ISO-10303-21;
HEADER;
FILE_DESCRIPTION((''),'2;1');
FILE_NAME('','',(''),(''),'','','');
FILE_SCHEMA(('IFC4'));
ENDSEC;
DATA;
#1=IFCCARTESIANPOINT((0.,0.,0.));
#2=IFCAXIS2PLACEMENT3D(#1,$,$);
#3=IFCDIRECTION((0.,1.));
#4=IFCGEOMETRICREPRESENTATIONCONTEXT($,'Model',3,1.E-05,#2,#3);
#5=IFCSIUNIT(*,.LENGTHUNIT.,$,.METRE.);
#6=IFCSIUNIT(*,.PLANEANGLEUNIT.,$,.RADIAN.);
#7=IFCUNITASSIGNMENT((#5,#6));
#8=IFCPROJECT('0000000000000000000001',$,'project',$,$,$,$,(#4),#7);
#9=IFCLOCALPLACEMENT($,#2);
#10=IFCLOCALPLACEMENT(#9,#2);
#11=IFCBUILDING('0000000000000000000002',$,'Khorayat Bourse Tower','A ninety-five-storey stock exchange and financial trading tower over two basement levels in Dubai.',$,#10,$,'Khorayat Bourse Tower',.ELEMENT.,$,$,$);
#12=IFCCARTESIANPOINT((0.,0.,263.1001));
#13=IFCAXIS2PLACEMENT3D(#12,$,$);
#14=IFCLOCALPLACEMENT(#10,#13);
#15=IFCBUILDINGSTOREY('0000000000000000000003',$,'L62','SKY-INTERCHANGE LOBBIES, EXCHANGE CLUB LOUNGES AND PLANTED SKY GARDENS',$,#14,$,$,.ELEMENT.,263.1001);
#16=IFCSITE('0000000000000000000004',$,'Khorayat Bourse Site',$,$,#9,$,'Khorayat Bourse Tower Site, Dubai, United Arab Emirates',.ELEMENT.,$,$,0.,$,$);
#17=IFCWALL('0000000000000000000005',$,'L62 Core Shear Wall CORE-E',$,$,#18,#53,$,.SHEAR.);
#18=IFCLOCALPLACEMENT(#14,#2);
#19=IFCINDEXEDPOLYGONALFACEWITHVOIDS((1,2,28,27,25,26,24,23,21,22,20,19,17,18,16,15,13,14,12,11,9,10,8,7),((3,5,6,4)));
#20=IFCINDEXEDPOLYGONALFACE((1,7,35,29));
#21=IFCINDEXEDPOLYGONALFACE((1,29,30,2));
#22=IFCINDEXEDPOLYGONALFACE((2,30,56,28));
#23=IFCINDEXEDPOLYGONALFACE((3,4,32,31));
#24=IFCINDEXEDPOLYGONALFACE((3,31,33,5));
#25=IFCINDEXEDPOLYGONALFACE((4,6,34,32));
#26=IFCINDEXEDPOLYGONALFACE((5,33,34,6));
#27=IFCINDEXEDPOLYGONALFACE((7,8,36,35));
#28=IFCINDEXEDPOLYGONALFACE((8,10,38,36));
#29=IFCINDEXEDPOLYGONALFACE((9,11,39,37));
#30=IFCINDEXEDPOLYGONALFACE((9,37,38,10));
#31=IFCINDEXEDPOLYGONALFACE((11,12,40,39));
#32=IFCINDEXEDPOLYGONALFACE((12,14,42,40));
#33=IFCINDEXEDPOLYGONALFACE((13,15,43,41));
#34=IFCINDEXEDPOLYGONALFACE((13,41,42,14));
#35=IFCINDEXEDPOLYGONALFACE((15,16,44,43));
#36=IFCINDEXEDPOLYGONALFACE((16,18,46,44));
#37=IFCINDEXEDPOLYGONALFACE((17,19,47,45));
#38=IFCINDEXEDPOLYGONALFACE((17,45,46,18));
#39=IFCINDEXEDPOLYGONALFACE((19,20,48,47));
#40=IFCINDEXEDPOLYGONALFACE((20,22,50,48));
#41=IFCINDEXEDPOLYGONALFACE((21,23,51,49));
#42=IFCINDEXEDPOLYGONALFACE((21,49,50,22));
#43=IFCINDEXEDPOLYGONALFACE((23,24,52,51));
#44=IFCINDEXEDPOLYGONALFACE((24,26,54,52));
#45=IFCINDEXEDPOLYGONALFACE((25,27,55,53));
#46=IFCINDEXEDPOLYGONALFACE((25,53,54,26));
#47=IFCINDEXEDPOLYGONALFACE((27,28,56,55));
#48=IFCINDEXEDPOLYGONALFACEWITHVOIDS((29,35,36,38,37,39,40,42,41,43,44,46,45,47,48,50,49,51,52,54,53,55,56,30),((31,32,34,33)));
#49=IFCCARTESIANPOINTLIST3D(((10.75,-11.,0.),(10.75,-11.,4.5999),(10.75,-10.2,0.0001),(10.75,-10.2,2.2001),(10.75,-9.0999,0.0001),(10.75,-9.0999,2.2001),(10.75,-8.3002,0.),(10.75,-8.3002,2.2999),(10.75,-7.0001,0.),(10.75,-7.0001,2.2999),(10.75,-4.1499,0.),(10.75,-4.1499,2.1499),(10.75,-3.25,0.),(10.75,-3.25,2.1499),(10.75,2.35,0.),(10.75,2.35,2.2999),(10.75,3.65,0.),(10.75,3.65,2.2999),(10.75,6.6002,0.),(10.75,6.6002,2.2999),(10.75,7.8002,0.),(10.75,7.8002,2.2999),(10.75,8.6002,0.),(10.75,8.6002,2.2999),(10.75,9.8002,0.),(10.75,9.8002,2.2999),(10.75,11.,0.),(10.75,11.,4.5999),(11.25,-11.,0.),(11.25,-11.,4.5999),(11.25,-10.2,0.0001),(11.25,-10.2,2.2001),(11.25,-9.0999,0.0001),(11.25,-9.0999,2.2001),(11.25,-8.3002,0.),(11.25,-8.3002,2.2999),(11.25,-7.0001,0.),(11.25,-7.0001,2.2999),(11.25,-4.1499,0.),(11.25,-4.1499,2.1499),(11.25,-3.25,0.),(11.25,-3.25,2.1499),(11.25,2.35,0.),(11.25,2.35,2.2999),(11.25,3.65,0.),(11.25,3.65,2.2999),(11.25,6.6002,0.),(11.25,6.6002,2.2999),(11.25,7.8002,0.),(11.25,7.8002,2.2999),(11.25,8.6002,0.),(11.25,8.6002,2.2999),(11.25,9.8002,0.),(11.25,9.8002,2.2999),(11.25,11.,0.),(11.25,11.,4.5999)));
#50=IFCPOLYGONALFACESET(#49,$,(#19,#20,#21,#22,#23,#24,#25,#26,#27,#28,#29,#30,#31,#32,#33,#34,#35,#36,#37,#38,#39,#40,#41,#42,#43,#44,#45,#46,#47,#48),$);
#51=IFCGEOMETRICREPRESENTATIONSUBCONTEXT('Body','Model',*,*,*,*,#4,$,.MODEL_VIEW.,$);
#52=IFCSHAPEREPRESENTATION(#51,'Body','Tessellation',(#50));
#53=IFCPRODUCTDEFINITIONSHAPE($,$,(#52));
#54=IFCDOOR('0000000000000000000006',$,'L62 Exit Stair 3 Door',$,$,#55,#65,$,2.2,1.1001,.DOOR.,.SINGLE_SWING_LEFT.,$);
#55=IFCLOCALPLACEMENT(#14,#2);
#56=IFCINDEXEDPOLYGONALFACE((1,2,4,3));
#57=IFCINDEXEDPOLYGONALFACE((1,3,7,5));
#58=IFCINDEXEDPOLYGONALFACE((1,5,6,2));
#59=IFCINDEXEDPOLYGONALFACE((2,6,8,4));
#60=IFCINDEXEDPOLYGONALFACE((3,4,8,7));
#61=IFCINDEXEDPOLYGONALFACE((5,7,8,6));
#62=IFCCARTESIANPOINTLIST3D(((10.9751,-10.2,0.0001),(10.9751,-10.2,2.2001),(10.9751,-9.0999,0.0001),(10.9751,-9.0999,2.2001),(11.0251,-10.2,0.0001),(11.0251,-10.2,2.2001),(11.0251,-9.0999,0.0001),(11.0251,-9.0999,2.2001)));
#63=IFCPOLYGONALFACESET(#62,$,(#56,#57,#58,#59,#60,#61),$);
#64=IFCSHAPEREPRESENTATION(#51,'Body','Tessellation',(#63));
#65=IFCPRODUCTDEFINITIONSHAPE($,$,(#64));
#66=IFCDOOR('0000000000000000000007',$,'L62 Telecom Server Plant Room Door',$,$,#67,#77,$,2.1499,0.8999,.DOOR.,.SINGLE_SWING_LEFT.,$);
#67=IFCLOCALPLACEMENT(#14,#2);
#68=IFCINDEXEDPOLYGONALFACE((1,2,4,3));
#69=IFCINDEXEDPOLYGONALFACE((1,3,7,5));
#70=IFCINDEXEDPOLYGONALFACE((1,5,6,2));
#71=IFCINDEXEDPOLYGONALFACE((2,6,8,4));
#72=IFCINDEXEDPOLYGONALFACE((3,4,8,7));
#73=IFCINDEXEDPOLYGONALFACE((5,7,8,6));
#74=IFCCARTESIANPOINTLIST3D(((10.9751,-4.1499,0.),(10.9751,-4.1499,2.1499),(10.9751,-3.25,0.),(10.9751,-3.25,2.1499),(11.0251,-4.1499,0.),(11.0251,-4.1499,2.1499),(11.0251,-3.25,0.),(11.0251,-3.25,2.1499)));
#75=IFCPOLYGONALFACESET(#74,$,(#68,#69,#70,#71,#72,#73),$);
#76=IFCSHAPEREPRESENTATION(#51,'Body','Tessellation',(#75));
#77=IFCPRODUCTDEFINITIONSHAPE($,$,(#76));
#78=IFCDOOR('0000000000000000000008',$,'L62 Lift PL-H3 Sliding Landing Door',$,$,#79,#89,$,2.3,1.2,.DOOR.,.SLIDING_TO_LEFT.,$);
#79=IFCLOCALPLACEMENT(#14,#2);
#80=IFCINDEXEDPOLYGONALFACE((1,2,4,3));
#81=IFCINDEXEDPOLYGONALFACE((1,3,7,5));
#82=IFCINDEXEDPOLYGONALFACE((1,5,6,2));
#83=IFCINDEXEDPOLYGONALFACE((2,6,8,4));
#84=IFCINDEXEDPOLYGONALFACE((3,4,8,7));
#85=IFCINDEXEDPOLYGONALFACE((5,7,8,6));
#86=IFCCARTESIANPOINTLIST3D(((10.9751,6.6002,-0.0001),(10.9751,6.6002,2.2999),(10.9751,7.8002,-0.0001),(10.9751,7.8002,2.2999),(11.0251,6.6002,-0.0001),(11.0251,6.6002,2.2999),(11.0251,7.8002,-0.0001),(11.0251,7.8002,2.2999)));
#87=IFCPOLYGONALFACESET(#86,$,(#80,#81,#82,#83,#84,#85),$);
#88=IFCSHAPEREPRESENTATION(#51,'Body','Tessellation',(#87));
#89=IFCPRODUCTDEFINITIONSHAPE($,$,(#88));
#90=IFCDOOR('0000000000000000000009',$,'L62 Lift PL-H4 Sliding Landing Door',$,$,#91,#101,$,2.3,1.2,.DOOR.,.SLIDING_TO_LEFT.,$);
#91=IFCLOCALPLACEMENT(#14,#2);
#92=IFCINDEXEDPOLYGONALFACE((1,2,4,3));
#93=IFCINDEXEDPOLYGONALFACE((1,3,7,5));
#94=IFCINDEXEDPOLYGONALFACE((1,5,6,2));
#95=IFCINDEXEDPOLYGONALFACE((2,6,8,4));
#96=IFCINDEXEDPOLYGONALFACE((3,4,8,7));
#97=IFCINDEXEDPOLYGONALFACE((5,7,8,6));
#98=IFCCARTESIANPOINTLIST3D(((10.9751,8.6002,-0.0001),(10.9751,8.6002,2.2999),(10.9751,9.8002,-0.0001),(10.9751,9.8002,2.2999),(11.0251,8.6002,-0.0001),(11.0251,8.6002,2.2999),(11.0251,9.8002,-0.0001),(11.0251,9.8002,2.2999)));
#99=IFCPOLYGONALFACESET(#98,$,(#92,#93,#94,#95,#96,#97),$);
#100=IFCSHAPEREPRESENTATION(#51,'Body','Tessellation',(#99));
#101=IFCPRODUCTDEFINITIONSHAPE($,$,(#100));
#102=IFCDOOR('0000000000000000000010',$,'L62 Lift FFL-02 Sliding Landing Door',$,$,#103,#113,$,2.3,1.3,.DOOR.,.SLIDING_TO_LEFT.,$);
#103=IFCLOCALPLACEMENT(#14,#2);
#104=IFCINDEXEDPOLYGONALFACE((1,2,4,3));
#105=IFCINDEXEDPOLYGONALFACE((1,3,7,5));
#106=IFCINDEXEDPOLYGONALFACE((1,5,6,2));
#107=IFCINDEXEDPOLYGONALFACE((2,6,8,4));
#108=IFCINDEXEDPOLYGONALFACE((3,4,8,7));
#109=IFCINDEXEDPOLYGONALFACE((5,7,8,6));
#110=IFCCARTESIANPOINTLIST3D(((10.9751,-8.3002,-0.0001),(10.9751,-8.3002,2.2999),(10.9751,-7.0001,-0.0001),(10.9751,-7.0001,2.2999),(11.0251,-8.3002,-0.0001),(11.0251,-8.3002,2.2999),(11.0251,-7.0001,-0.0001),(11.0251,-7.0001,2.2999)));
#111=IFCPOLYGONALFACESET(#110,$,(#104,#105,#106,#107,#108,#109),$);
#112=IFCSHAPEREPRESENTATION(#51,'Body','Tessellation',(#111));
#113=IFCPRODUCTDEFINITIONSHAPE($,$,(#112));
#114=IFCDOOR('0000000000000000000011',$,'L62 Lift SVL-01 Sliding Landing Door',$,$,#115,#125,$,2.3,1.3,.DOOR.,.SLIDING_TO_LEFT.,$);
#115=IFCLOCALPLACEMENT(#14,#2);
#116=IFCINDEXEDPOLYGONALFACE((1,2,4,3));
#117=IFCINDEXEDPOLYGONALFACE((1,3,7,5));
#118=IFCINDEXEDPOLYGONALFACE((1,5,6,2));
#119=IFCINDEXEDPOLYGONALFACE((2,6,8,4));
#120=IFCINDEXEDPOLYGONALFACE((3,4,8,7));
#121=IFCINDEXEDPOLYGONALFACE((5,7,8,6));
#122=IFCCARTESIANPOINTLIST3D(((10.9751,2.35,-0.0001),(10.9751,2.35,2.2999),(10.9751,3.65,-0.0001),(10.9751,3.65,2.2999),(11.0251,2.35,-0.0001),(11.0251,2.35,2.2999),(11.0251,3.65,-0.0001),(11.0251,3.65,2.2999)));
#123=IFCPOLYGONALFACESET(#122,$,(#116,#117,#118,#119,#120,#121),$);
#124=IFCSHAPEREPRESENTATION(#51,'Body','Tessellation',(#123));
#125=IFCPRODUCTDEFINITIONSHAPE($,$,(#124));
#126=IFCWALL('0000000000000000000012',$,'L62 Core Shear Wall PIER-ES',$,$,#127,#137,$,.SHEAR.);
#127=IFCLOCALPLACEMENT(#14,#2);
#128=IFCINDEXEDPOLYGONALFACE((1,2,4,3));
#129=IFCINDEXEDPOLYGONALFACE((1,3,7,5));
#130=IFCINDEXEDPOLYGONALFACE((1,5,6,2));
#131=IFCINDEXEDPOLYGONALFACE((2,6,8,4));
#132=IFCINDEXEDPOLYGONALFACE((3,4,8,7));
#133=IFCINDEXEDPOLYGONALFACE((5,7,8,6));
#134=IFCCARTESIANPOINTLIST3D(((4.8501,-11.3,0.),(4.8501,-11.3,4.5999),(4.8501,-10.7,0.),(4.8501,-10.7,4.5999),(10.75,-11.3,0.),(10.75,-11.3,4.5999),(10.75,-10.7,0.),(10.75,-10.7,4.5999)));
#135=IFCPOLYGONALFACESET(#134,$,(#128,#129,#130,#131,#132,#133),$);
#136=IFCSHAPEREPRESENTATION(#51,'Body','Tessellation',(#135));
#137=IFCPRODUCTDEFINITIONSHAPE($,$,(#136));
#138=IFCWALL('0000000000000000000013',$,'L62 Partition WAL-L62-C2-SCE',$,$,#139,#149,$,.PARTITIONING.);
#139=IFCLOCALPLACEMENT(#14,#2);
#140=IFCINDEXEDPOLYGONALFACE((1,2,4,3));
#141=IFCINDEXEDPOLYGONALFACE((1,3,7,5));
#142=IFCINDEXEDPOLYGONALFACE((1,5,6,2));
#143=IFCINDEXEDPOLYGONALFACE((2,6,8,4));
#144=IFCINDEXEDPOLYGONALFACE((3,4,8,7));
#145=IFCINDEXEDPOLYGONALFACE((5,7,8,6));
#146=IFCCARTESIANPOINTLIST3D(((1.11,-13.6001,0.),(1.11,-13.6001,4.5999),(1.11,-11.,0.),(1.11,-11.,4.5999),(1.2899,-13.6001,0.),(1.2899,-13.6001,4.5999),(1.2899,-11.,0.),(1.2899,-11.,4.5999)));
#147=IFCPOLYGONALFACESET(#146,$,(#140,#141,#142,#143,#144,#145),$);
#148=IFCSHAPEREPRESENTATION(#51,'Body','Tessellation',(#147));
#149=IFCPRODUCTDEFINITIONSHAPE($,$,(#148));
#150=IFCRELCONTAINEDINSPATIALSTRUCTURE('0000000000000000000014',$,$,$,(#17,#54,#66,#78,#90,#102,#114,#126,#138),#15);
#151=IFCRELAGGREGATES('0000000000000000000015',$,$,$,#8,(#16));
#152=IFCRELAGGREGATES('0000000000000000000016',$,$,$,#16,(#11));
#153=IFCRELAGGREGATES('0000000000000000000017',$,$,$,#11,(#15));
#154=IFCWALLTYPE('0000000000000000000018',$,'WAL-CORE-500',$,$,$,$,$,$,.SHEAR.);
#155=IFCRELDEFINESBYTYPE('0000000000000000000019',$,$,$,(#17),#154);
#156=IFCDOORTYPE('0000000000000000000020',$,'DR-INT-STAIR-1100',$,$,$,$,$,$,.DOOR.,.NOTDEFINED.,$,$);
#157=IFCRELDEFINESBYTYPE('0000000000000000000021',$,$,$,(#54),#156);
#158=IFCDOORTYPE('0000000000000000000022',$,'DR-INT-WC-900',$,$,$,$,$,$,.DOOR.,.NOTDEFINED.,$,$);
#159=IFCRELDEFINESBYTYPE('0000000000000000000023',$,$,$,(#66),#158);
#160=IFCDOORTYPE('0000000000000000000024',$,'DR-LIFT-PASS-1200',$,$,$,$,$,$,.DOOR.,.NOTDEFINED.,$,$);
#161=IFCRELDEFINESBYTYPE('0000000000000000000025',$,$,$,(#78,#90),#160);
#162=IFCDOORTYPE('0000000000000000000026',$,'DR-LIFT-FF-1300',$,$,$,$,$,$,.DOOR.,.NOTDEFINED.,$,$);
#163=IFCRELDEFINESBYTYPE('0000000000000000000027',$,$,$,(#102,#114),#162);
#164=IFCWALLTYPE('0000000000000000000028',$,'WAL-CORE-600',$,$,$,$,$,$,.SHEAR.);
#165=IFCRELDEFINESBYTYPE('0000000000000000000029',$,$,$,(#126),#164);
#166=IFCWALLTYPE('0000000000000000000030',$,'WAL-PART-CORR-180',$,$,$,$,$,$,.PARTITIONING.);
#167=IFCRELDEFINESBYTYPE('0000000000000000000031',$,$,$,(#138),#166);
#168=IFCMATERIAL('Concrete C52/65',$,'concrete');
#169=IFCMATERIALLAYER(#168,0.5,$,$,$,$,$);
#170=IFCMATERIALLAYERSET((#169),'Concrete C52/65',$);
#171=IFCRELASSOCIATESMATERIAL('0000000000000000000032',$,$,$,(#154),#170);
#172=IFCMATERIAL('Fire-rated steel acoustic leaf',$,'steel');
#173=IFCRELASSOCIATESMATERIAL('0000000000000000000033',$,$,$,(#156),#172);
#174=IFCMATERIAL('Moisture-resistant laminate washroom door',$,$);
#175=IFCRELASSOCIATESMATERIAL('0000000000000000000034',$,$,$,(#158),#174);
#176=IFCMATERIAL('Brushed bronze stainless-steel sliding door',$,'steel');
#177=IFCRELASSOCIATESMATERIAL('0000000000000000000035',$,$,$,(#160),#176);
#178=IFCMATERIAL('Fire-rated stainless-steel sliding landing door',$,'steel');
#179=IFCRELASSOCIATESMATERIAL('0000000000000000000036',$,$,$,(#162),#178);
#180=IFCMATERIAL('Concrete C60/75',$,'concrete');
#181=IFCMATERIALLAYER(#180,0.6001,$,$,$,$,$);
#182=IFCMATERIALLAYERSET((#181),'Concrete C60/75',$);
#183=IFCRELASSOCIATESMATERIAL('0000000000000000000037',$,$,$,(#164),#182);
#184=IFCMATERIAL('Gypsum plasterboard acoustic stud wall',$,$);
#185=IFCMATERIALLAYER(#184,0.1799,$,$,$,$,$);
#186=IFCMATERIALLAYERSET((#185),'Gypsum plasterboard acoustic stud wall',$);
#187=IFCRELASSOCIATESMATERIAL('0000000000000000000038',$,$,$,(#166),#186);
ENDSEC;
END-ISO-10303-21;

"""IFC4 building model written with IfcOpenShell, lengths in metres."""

from ifc_helpers import new_model, si_unit, direction, frame, frame_2d, origin, place, context, subcontext, project, spatial, rectangle, extrude, source, transform, mapped, material, layer, layer_set, type_object, element, fill, save


model = new_model("IFC4")

# Units and contexts
model_context = context("Model", 3, precision=1e-05, world=origin(), true_north=direction((0.0, 1.0)))
body_context = subcontext(model_context, "Body", "Model", "MODEL_VIEW")
ifc_project = project(units=[si_unit("LENGTHUNIT", "METRE"), si_unit("PLANEANGLEUNIT", "RADIAN")], contexts=[model_context])

# Site, building, storey
site_placement = place(None, origin())
site = spatial("IfcSite", under=ifc_project, at=site_placement, Name="Khorayat Bourse Site", LongName="Khorayat Bourse Tower Site, Dubai, United Arab Emirates", CompositionType="ELEMENT", RefElevation=0.0)
building_placement = place(site_placement, origin())
building = spatial("IfcBuilding", under=site, at=building_placement, Name="Khorayat Bourse Tower", Description="A ninety-five-storey stock exchange and financial trading tower over two basement levels in Dubai.", LongName="Khorayat Bourse Tower", CompositionType="ELEMENT")
storey_placement = place(building_placement, frame((0.0, 0.0, 263.1001)))
storey = spatial("IfcBuildingStorey", under=building, at=storey_placement, Name="L62", Description="SKY-INTERCHANGE LOBBIES, EXCHANGE CLUB LOUNGES AND PLANTED SKY GARDENS", CompositionType="ELEMENT", Elevation=263.1001)

# Shared definitions
ifc_material_1 = material(Name="Concrete C60/75", Category="concrete")

# Wall, openings, doors
ifc_material_2 = material(Name="Concrete C52/65", Category="concrete")
ifc_layer_1 = layer(ifc_material_2, 0.5)
ifc_layer_set_1 = layer_set([ifc_layer_1], Name="Concrete C52/65")
wall_type_1 = type_object("IfcWallType", Name="WAL-CORE-500", PredefinedType="SHEAR", material=ifc_layer_set_1)
shared_shape_1 = source(origin(), body_context, "Body", "SweptSolid", [
    extrude(rectangle(XDim=22.0, YDim=0.5, at=frame_2d((11.0, 0.0))), origin(), (0.0, 0.0, 1.0), 4.5999),
])
wall_1_placement = place(storey_placement, frame((11.0, -11.0, 0.0), z_axis=(0.0, 0.0, 1.0), x_axis=(0.0, 1.0, 0.0)))
wall_1 = element("IfcWall", 1, at=wall_1_placement, inside=storey, type_object=wall_type_1, Name="L62 Core Shear Wall CORE-E", PredefinedType="SHEAR", context=body_context, shape_type="MappedRepresentation", body=[
    mapped(shared_shape_1, transform((0.0, 0.0, 0.0), scale=1.0)),
])
shared_shape_2 = source(origin(), body_context, "Body", "SweptSolid", [
    extrude(rectangle(XDim=1.1001, YDim=2.2, at=frame_2d((0.55, 1.1001))), frame((0.0, 0.26, 0.0), z_axis=(0.0, -1.0, 0.0), x_axis=(1.0, 0.0, 0.0)), (0.0, 0.0, 1.0), 0.52),
])
opening_1_placement = place(wall_1_placement, frame((0.8, 0.0, 0.0)))
opening_1 = element("IfcOpeningElement", 2, at=opening_1_placement, cuts=wall_1, PredefinedType="OPENING", context=body_context, shape_type="MappedRepresentation", body=[
    mapped(shared_shape_2, transform((0.0, 0.0, 0.0), scale=1.0)),
])
shared_shape_3 = source(origin(), body_context, "Body", "SweptSolid", [
    extrude(rectangle(XDim=0.8999, YDim=2.1499, at=frame_2d((0.45, 1.075))), frame((0.0, 0.26, 0.0), z_axis=(0.0, -1.0, 0.0), x_axis=(1.0, 0.0, 0.0)), (0.0, 0.0, 1.0), 0.52),
])
opening_2_placement = place(wall_1_placement, frame((6.8501, 0.0, 0.0)))
opening_2 = element("IfcOpeningElement", 3, at=opening_2_placement, cuts=wall_1, PredefinedType="OPENING", context=body_context, shape_type="MappedRepresentation", body=[
    mapped(shared_shape_3, transform((0.0, 0.0, 0.0), scale=1.0)),
])
shared_shape_4 = source(origin(), body_context, "Body", "SweptSolid", [
    extrude(rectangle(XDim=1.2, YDim=2.3, at=frame_2d((0.6001, 1.1499))), frame((0.0, 0.26, 0.0), z_axis=(0.0, -1.0, 0.0), x_axis=(1.0, 0.0, 0.0)), (0.0, 0.0, 1.0), 0.52),
])
opening_3_placement = place(wall_1_placement, frame((17.6001, 0.0, 0.0)))
opening_3 = element("IfcOpeningElement", 4, at=opening_3_placement, cuts=wall_1, PredefinedType="OPENING", context=body_context, shape_type="MappedRepresentation", body=[
    mapped(shared_shape_4, transform((0.0, 0.0, 0.0), scale=1.0)),
])
opening_4_placement = place(wall_1_placement, frame((19.6001, 0.0, 0.0)))
opening_4 = element("IfcOpeningElement", 5, at=opening_4_placement, cuts=wall_1, PredefinedType="OPENING", context=body_context, shape_type="MappedRepresentation", body=[
    mapped(shared_shape_4, transform((0.0, 0.0, 0.0), scale=1.0)),
])
shared_shape_5 = source(origin(), body_context, "Body", "SweptSolid", [
    extrude(rectangle(XDim=1.3, YDim=2.3, at=frame_2d((0.6499, 1.1499))), frame((0.0, 0.26, 0.0), z_axis=(0.0, -1.0, 0.0), x_axis=(1.0, 0.0, 0.0)), (0.0, 0.0, 1.0), 0.52),
])
opening_5_placement = place(wall_1_placement, frame((2.7, 0.0, 0.0)))
opening_5 = element("IfcOpeningElement", 6, at=opening_5_placement, cuts=wall_1, PredefinedType="OPENING", context=body_context, shape_type="MappedRepresentation", body=[
    mapped(shared_shape_5, transform((0.0, 0.0, 0.0), scale=1.0)),
])
opening_6_placement = place(wall_1_placement, frame((13.3501, 0.0, 0.0)))
opening_6 = element("IfcOpeningElement", 7, at=opening_6_placement, cuts=wall_1, PredefinedType="OPENING", context=body_context, shape_type="MappedRepresentation", body=[
    mapped(shared_shape_5, transform((0.0, 0.0, 0.0), scale=1.0)),
])
ifc_material_3 = material(Name="Fire-rated steel acoustic leaf", Category="steel")
door_type_1 = type_object("IfcDoorType", Name="DR-INT-STAIR-1100", OperationType="NOTDEFINED", PredefinedType="DOOR", material=ifc_material_3)
shared_shape_6 = source(origin(), body_context, "Body", "SweptSolid", [
    extrude(rectangle(XDim=1.1001, YDim=2.2, at=frame_2d((0.55, 1.1001))), frame((0.0, 0.0249, 0.0), z_axis=(0.0, -1.0, 0.0), x_axis=(1.0, 0.0, 0.0)), (0.0, 0.0, 1.0), 0.05),
])
door_1_placement = place(opening_1_placement, origin())
door_1 = element("IfcDoor", 8, at=door_1_placement, inside=storey, type_object=door_type_1, Name="L62 Exit Stair 3 Door", OperationType="SINGLE_SWING_LEFT", OverallHeight=2.2, OverallWidth=1.1001, PredefinedType="DOOR", context=body_context, shape_type="MappedRepresentation", body=[
    mapped(shared_shape_6, transform((0.0, 0.0, 0.0), scale=1.0)),
])
fill(opening_1, door_1)
ifc_material_4 = material(Name="Moisture-resistant laminate washroom door")
door_type_2 = type_object("IfcDoorType", Name="DR-INT-WC-900", OperationType="NOTDEFINED", PredefinedType="DOOR", material=ifc_material_4)
shared_shape_7 = source(origin(), body_context, "Body", "SweptSolid", [
    extrude(rectangle(XDim=0.8999, YDim=2.1499, at=frame_2d((0.45, 1.075))), frame((0.0, 0.0249, 0.0), z_axis=(0.0, -1.0, 0.0), x_axis=(1.0, 0.0, 0.0)), (0.0, 0.0, 1.0), 0.05),
])
door_2_placement = place(opening_2_placement, origin())
door_2 = element("IfcDoor", 9, at=door_2_placement, inside=storey, type_object=door_type_2, Name="L62 Telecom Server Plant Room Door", OperationType="SINGLE_SWING_LEFT", OverallHeight=2.1499, OverallWidth=0.8999, PredefinedType="DOOR", context=body_context, shape_type="MappedRepresentation", body=[
    mapped(shared_shape_7, transform((0.0, 0.0, 0.0), scale=1.0)),
])
fill(opening_2, door_2)
ifc_material_5 = material(Name="Brushed bronze stainless-steel sliding door", Category="steel")
door_type_3 = type_object("IfcDoorType", Name="DR-LIFT-PASS-1200", OperationType="NOTDEFINED", PredefinedType="DOOR", material=ifc_material_5)
shared_shape_8 = source(origin(), body_context, "Body", "SweptSolid", [
    extrude(rectangle(XDim=1.2, YDim=2.3, at=frame_2d((0.6001, 1.1499))), frame((0.0, 0.0249, 0.0), z_axis=(0.0, -1.0, 0.0), x_axis=(1.0, 0.0, 0.0)), (0.0, 0.0, 1.0), 0.05),
])
door_3_placement = place(opening_3_placement, origin())
door_3 = element("IfcDoor", 10, at=door_3_placement, inside=storey, type_object=door_type_3, Name="L62 Lift PL-H3 Sliding Landing Door", OperationType="SLIDING_TO_LEFT", OverallHeight=2.3, OverallWidth=1.2, PredefinedType="DOOR", context=body_context, shape_type="MappedRepresentation", body=[
    mapped(shared_shape_8, transform((0.0, 0.0, 0.0), scale=1.0)),
])
fill(opening_3, door_3)
door_4_placement = place(opening_4_placement, origin())
door_4 = element("IfcDoor", 11, at=door_4_placement, inside=storey, type_object=door_type_3, Name="L62 Lift PL-H4 Sliding Landing Door", OperationType="SLIDING_TO_LEFT", OverallHeight=2.3, OverallWidth=1.2, PredefinedType="DOOR", context=body_context, shape_type="MappedRepresentation", body=[
    mapped(shared_shape_8, transform((0.0, 0.0, 0.0), scale=1.0)),
])
fill(opening_4, door_4)
ifc_material_6 = material(Name="Fire-rated stainless-steel sliding landing door", Category="steel")
door_type_4 = type_object("IfcDoorType", Name="DR-LIFT-FF-1300", OperationType="NOTDEFINED", PredefinedType="DOOR", material=ifc_material_6)
shared_shape_9 = source(origin(), body_context, "Body", "SweptSolid", [
    extrude(rectangle(XDim=1.3, YDim=2.3, at=frame_2d((0.6499, 1.1499))), frame((0.0, 0.0249, 0.0), z_axis=(0.0, -1.0, 0.0), x_axis=(1.0, 0.0, 0.0)), (0.0, 0.0, 1.0), 0.05),
])
door_5_placement = place(opening_5_placement, origin())
door_5 = element("IfcDoor", 12, at=door_5_placement, inside=storey, type_object=door_type_4, Name="L62 Lift FFL-02 Sliding Landing Door", OperationType="SLIDING_TO_LEFT", OverallHeight=2.3, OverallWidth=1.3, PredefinedType="DOOR", context=body_context, shape_type="MappedRepresentation", body=[
    mapped(shared_shape_9, transform((0.0, 0.0, 0.0), scale=1.0)),
])
fill(opening_5, door_5)
door_6_placement = place(opening_6_placement, origin())
door_6 = element("IfcDoor", 13, at=door_6_placement, inside=storey, type_object=door_type_4, Name="L62 Lift SVL-01 Sliding Landing Door", OperationType="SLIDING_TO_LEFT", OverallHeight=2.3, OverallWidth=1.3, PredefinedType="DOOR", context=body_context, shape_type="MappedRepresentation", body=[
    mapped(shared_shape_9, transform((0.0, 0.0, 0.0), scale=1.0)),
])
fill(opening_6, door_6)

# Walls
ifc_layer_2 = layer(ifc_material_1, 0.6001)
ifc_layer_set_2 = layer_set([ifc_layer_2], Name="Concrete C60/75")
wall_type_2 = type_object("IfcWallType", Name="WAL-CORE-600", PredefinedType="SHEAR", material=ifc_layer_set_2)
shared_shape_10 = source(origin(), body_context, "Body", "SweptSolid", [
    extrude(rectangle(XDim=5.8999, YDim=0.6001, at=frame_2d((2.95, 0.0))), origin(), (0.0, 0.0, 1.0), 4.5999),
])
wall_2_placement = place(storey_placement, frame((4.8501, -11.0, 0.0), z_axis=(0.0, 0.0, 1.0), x_axis=(1.0, 0.0, 0.0)))
element("IfcWall", 14, at=wall_2_placement, inside=storey, type_object=wall_type_2, Name="L62 Core Shear Wall PIER-ES", PredefinedType="SHEAR", context=body_context, shape_type="MappedRepresentation", body=[
    mapped(shared_shape_10, transform((0.0, 0.0, 0.0), scale=1.0)),
])
ifc_material_7 = material(Name="Gypsum plasterboard acoustic stud wall")
ifc_layer_3 = layer(ifc_material_7, 0.1799)
ifc_layer_set_3 = layer_set([ifc_layer_3], Name="Gypsum plasterboard acoustic stud wall")
wall_type_3 = type_object("IfcWallType", Name="WAL-PART-CORR-180", PredefinedType="PARTITIONING", material=ifc_layer_set_3)
shared_shape_11 = source(origin(), body_context, "Body", "SweptSolid", [
    extrude(rectangle(XDim=2.6001, YDim=0.1799, at=frame_2d((1.3, 0.0))), origin(), (0.0, 0.0, 1.0), 4.5999),
])
wall_3_placement = place(storey_placement, frame((1.2, -13.6001, 0.0), z_axis=(0.0, 0.0, 1.0), x_axis=(0.0, 1.0, 0.0)))
element("IfcWall", 15, at=wall_3_placement, inside=storey, type_object=wall_type_3, Name="L62 Partition WAL-L62-C2-SCE", PredefinedType="PARTITIONING", context=body_context, shape_type="MappedRepresentation", body=[
    mapped(shared_shape_11, transform((0.0, 0.0, 0.0), scale=1.0)),
])

save(model, "model.ifc")
